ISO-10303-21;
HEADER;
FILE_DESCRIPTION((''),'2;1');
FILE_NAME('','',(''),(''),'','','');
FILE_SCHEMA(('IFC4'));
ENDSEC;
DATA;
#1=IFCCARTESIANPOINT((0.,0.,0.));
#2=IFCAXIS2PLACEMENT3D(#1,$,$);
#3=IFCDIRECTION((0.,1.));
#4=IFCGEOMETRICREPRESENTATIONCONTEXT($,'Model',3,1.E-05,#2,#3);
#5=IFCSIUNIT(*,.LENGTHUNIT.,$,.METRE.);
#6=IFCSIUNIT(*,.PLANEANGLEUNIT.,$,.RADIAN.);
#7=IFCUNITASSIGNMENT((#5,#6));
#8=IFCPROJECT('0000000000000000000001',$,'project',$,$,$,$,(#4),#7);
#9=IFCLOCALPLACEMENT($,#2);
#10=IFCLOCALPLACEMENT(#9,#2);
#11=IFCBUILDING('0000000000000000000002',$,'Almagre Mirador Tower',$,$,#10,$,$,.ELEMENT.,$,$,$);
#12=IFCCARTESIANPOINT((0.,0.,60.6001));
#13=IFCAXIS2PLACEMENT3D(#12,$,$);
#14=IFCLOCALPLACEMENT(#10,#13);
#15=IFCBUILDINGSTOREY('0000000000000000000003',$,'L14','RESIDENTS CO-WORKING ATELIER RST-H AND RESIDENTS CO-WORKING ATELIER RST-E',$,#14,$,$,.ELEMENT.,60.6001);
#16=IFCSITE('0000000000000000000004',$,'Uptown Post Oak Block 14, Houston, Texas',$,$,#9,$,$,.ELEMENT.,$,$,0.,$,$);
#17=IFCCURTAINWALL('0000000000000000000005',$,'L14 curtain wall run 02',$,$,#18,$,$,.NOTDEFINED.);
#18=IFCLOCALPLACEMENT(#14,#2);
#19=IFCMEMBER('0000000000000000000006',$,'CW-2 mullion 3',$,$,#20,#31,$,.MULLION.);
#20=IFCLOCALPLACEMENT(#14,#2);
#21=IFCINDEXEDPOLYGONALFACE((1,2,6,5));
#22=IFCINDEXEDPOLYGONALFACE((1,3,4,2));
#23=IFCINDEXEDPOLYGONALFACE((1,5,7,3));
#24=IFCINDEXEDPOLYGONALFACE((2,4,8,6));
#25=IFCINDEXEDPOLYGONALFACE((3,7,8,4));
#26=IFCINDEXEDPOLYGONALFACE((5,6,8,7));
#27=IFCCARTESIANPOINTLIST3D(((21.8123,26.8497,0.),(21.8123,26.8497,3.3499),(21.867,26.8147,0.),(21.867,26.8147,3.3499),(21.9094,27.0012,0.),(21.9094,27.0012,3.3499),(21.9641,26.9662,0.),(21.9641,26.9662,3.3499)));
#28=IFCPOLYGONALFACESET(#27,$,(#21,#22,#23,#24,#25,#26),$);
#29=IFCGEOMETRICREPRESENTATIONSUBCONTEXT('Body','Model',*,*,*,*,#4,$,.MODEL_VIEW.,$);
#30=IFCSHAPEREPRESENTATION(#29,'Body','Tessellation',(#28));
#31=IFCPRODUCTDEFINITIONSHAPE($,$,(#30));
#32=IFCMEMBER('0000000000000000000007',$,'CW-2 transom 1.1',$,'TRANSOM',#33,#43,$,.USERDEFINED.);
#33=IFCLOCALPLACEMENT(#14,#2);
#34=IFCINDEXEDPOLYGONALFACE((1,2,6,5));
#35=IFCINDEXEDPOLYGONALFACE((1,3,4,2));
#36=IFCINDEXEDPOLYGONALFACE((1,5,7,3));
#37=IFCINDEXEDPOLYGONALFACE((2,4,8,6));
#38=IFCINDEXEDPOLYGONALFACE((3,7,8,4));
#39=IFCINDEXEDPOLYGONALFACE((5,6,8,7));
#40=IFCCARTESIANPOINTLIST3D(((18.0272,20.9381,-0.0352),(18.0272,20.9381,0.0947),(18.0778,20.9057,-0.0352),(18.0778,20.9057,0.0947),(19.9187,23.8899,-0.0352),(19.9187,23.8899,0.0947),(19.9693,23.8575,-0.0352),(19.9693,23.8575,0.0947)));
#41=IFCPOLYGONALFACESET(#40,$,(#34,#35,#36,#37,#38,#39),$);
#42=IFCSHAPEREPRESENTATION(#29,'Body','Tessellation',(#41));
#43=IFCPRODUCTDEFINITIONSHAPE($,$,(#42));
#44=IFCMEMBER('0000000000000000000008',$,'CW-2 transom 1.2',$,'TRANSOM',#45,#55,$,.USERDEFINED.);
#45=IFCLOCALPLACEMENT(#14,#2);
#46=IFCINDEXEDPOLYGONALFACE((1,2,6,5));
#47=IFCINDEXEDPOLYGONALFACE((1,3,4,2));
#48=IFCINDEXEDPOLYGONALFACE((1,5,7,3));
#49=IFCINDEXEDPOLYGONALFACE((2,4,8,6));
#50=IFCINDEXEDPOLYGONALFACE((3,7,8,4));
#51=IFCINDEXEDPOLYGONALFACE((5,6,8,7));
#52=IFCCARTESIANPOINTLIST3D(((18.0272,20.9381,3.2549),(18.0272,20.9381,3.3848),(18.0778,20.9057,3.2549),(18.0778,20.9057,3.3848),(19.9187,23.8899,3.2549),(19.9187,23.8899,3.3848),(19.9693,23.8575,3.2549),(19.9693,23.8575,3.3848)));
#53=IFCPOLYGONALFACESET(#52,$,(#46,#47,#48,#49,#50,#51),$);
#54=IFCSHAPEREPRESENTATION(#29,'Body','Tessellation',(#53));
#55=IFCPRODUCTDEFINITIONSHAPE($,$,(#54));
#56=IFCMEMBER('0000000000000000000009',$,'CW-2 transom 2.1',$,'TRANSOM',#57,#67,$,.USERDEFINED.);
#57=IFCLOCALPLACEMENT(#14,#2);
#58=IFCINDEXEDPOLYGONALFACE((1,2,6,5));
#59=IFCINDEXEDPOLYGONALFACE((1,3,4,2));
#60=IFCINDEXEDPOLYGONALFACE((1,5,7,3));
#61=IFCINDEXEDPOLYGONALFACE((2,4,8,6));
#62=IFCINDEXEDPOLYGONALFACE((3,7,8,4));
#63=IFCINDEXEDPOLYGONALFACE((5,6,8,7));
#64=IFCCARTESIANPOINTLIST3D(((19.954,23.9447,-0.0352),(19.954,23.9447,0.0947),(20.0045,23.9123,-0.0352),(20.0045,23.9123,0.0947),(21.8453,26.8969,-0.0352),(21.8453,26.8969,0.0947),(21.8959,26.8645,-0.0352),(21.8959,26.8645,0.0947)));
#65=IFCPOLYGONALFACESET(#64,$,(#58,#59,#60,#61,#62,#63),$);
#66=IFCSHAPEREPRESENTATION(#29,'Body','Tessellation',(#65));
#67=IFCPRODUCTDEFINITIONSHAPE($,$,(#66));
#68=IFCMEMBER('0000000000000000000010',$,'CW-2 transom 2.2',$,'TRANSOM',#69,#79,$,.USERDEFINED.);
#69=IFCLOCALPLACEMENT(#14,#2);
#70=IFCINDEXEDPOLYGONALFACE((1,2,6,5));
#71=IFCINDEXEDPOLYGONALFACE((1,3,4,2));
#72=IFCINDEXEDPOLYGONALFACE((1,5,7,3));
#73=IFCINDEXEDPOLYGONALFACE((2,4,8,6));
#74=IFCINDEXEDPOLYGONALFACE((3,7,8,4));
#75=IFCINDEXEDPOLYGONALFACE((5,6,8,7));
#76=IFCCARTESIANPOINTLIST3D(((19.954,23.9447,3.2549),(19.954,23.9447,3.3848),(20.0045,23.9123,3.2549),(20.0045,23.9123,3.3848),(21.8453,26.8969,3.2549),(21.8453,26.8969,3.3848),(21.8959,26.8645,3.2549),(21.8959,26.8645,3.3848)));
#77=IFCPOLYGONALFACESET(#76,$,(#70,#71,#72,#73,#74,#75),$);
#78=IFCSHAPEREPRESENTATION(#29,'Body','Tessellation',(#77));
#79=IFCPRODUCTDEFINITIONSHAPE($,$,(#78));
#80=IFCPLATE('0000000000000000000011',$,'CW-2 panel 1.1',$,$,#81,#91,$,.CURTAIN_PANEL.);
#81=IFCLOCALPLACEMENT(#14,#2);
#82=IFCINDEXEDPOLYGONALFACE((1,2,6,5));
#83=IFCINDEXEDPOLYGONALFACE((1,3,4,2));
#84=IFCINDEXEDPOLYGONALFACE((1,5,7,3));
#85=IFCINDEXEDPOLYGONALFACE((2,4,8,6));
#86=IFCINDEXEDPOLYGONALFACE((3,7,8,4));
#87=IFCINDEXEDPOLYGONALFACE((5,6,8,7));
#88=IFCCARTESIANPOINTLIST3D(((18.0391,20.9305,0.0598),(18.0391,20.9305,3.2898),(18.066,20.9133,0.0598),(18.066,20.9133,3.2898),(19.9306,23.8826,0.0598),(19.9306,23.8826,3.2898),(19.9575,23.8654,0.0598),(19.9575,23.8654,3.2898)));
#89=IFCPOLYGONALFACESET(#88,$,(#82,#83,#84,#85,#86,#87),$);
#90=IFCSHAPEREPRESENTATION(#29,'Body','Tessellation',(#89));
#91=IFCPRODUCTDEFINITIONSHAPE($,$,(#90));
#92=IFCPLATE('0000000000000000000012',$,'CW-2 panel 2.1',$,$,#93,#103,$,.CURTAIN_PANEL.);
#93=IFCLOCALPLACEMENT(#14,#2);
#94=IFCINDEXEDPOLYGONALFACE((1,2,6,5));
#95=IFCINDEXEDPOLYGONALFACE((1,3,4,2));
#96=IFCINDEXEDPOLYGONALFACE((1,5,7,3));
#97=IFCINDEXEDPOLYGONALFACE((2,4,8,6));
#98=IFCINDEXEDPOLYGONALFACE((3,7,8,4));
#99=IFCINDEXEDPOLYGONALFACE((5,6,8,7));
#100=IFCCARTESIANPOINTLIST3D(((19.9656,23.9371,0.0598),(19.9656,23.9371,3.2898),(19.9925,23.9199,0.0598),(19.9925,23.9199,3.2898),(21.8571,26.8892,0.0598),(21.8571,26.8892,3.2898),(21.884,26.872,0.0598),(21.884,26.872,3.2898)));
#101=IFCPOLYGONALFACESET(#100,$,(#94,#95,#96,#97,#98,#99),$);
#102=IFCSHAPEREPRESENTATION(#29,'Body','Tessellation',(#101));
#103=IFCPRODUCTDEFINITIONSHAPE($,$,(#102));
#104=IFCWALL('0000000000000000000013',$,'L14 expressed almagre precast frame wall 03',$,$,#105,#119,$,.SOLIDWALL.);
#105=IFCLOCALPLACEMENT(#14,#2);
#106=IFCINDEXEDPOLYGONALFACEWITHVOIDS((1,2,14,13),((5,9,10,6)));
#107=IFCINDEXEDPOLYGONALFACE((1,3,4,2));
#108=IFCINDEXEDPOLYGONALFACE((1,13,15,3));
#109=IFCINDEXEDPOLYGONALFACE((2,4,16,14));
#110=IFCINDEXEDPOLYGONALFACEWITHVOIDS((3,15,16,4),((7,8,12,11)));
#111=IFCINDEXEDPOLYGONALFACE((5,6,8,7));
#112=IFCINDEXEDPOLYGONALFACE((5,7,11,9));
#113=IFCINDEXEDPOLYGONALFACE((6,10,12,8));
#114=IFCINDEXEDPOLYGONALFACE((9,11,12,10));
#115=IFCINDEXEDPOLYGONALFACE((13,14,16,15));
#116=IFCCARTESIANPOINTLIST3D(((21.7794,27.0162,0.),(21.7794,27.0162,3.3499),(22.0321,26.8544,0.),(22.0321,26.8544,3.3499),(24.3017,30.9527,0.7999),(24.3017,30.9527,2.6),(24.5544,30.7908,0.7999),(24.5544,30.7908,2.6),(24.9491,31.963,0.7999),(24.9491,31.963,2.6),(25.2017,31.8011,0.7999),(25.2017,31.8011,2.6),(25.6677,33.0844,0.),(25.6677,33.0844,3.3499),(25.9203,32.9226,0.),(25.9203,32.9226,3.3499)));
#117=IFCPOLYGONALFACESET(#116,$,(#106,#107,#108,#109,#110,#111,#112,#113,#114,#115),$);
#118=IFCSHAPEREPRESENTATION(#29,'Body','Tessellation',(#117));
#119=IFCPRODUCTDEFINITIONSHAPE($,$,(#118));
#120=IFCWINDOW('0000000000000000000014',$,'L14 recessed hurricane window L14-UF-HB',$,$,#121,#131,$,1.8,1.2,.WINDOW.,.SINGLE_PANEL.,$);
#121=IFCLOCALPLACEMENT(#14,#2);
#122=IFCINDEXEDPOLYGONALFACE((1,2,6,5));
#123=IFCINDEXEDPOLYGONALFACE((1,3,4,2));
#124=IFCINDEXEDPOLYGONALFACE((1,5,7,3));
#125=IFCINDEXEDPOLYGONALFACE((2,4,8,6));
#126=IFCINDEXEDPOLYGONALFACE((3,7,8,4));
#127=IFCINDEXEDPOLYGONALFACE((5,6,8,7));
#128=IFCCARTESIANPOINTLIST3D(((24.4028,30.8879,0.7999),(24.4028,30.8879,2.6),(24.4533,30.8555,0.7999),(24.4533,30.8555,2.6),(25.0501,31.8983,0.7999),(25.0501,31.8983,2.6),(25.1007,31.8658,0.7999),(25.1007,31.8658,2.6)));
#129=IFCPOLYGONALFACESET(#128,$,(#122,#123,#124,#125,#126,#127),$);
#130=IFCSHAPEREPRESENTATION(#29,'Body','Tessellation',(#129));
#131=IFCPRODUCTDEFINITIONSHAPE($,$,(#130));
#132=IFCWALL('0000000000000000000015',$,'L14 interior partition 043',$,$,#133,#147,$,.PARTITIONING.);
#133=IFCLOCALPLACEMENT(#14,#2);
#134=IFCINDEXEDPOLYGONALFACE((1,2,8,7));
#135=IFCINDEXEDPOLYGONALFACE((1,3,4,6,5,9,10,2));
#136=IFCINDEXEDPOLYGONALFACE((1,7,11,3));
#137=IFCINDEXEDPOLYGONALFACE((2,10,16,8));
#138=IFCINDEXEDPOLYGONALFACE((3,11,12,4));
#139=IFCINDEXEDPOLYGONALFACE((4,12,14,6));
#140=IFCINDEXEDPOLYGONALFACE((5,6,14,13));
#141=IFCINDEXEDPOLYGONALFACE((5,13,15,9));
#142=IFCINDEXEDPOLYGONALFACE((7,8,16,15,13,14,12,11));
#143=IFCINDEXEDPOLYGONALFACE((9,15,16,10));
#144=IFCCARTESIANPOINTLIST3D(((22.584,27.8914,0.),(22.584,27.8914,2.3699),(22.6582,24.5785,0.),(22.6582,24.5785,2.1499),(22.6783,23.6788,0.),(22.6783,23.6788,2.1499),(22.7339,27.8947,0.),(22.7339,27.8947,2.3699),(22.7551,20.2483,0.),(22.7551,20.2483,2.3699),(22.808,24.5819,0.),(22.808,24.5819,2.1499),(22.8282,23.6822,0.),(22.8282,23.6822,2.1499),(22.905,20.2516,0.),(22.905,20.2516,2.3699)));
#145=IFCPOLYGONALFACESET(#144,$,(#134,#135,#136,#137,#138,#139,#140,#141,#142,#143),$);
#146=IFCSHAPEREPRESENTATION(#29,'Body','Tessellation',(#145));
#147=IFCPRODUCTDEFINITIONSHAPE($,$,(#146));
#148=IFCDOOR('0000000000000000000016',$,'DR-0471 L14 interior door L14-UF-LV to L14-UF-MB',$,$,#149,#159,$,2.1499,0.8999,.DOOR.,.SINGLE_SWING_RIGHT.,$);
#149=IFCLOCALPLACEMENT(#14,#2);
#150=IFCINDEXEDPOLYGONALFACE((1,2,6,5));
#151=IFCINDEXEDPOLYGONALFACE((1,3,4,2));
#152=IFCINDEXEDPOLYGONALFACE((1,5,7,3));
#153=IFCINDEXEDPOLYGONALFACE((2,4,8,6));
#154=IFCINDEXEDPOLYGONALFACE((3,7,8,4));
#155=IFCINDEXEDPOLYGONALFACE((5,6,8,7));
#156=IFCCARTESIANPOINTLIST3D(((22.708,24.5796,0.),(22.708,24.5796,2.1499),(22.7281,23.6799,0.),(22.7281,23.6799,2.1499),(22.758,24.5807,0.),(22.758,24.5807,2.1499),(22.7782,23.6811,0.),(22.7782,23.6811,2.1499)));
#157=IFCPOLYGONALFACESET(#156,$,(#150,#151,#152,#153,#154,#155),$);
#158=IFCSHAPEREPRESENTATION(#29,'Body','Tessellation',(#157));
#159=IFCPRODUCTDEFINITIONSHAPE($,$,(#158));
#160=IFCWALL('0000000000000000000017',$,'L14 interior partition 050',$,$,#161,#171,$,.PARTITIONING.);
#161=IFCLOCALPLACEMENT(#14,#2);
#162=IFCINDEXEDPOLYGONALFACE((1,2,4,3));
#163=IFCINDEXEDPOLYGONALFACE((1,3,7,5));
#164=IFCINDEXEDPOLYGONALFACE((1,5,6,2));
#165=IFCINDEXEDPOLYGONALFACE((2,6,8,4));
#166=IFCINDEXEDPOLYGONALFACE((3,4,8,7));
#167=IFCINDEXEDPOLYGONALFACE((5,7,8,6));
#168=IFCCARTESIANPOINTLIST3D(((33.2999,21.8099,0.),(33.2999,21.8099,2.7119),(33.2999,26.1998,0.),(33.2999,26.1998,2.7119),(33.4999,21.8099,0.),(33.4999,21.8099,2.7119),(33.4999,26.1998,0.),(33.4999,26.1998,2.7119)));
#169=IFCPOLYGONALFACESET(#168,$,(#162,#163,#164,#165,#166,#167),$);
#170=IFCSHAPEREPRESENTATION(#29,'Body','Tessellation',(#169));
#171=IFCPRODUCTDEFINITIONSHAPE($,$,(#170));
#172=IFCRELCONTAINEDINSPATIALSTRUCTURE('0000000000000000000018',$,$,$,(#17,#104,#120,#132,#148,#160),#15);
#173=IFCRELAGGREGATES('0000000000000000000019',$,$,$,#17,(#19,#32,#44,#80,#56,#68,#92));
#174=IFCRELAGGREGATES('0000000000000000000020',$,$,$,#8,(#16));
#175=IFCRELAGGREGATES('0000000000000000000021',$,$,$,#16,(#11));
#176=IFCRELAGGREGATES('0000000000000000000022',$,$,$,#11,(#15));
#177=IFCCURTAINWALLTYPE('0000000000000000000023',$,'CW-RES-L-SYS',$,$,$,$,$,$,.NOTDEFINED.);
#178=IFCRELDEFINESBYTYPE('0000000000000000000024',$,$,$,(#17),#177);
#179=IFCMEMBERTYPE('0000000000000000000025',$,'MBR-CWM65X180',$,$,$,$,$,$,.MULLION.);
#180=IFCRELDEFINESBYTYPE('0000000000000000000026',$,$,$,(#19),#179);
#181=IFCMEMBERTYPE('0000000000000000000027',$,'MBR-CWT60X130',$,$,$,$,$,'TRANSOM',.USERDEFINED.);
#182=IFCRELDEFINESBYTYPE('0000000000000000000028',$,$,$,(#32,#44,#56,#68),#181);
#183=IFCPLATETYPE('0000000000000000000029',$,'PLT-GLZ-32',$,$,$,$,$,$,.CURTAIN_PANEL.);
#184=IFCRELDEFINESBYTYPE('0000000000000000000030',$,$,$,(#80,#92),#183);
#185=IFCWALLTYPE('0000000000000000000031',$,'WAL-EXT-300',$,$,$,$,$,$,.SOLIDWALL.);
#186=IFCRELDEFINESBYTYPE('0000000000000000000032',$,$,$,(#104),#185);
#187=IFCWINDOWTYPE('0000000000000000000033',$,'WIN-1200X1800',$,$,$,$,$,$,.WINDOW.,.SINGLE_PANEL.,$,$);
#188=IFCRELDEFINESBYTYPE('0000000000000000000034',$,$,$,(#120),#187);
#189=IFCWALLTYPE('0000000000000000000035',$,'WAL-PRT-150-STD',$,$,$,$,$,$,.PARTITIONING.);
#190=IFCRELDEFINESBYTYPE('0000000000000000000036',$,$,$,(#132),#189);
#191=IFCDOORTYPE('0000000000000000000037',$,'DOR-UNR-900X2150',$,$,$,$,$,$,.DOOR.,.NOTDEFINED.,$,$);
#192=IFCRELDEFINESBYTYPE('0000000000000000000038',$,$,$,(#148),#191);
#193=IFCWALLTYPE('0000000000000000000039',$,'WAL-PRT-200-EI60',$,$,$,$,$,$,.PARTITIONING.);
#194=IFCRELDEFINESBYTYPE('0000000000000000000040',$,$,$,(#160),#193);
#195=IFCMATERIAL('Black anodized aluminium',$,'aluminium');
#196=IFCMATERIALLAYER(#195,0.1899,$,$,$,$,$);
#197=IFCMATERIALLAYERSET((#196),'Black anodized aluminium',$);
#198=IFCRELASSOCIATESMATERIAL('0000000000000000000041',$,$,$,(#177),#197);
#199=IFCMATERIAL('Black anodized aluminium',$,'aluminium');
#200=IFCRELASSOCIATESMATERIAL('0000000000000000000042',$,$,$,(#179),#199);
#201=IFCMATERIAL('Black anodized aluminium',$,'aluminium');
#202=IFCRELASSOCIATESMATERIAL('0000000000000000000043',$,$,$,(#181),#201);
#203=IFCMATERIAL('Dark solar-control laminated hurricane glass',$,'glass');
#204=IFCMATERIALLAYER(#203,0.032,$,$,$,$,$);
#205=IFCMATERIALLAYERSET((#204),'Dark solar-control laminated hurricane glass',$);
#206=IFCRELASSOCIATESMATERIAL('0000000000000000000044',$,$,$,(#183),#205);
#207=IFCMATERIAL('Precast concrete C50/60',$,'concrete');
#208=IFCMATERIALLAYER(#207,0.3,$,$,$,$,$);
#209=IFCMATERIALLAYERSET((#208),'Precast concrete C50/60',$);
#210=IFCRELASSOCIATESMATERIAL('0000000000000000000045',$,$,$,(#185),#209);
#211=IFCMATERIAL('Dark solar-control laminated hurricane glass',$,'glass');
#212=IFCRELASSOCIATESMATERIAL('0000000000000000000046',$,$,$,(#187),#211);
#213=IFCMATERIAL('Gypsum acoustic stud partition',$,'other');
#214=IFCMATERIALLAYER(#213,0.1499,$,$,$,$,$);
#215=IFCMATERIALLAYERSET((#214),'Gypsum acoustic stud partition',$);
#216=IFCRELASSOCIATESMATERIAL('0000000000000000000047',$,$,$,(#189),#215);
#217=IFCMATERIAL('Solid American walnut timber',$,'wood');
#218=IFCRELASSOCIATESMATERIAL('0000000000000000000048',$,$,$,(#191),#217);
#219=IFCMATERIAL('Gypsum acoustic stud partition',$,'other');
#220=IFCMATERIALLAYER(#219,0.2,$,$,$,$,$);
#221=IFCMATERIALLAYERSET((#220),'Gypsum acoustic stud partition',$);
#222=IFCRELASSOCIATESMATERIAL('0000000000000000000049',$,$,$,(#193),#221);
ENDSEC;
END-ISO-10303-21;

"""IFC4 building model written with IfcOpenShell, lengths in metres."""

from ifc_helpers import new_model, si_unit, direction, frame, frame_2d, origin, origin_2d, place, context, subcontext, project, spatial, rectangle, extrude, material, layer, layer_set, material_profile, profile_set, type_object, element, fill, aggregate, save


model = new_model("IFC4")

# Units and contexts
model_context = context("Model", 3, precision=1e-05, world=origin(), true_north=direction((0.0, 1.0)))
body_context = subcontext(model_context, "Body", "Model", "MODEL_VIEW")
ifc_project = project(units=[si_unit("LENGTHUNIT", "METRE"), si_unit("PLANEANGLEUNIT", "RADIAN")], contexts=[model_context])

# Site, building, storey
site_placement = place(None, origin())
site = spatial("IfcSite", under=ifc_project, at=site_placement, Name="Uptown Post Oak Block 14, Houston, Texas", CompositionType="ELEMENT", RefElevation=0.0)
building_placement = place(site_placement, origin())
building = spatial("IfcBuilding", under=site, at=building_placement, Name="Almagre Mirador Tower", CompositionType="ELEMENT")
storey_placement = place(building_placement, frame((0.0, 0.0, 60.6001)))
storey = spatial("IfcBuildingStorey", under=building, at=storey_placement, Name="L14", Description="RESIDENTS CO-WORKING ATELIER RST-H AND RESIDENTS CO-WORKING ATELIER RST-E", CompositionType="ELEMENT", Elevation=60.6001)

# Curtain wall, members, plates
ifc_material_1 = material(Name="Black anodized aluminium", Category="aluminium")
ifc_layer_1 = layer(ifc_material_1, 0.1899)
ifc_layer_set_1 = layer_set([ifc_layer_1], Name="Black anodized aluminium")
curtain_wall_type = type_object("IfcCurtainWallType", Name="CW-RES-L-SYS", PredefinedType="NOTDEFINED", material=ifc_layer_set_1)
curtain_wall_placement = place(storey_placement, origin())
curtain_wall = element("IfcCurtainWall", 1, at=curtain_wall_placement, inside=storey, type_object=curtain_wall_type, Name="L14 curtain wall run 02", PredefinedType="NOTDEFINED")
ifc_material_2 = material(Name="Black anodized aluminium", Category="aluminium")
ifc_material_profile_1 = material_profile(ifc_material_2, rectangle(XDim=0.0649, YDim=0.1799, at=origin_2d()), Name="CWM65X180")
ifc_profile_set_1 = profile_set([ifc_material_profile_1], Name="Black anodized aluminium")
member_type_1 = type_object("IfcMemberType", Name="MBR-CWM65X180", PredefinedType="MULLION", material=ifc_profile_set_1)
member_1_placement = place(storey_placement, frame((21.8882, 26.908, 0.0), z_axis=(0.0, 0.0, 1.0), x_axis=(-0.841985, 0.539502, 0.0)))
member_1 = element("IfcMember", 2, at=member_1_placement, type_object=member_type_1, Name="CW-2 mullion 3", PredefinedType="MULLION", context=body_context, shape_type="SweptSolid", body=[
    extrude(rectangle(XDim=0.0649, YDim=0.1799, at=origin_2d()), origin(), (0.0, 0.0, 1.0), 3.3499),
])
ifc_material_3 = material(Name="Black anodized aluminium", Category="aluminium")
ifc_material_profile_2 = material_profile(ifc_material_3, rectangle(XDim=0.0601, YDim=0.1299, at=origin_2d()), Name="CWT60X130")
ifc_profile_set_2 = profile_set([ifc_material_profile_2], Name="Black anodized aluminium")
member_type_2 = type_object("IfcMemberType", Name="MBR-CWT60X130", ElementType="TRANSOM", PredefinedType="USERDEFINED", material=ifc_profile_set_2)
member_2_placement = place(storey_placement, frame((18.0525, 20.9219, 0.0298), z_axis=(0.539536, 0.841963, 0.0), x_axis=(-0.841963, 0.539536, 0.0)))
member_2 = element("IfcMember", 3, at=member_2_placement, type_object=member_type_2, Name="CW-2 transom 1.1", ObjectType="TRANSOM", PredefinedType="USERDEFINED", context=body_context, shape_type="SweptSolid", body=[
    extrude(rectangle(XDim=0.0601, YDim=0.1299, at=origin_2d()), origin(), (0.0, 0.0, 1.0), 3.5059),
])
member_3_placement = place(storey_placement, frame((18.0525, 20.9219, 3.3198), z_axis=(0.539536, 0.841963, 0.0), x_axis=(-0.841963, 0.539536, 0.0)))
member_3 = element("IfcMember", 4, at=member_3_placement, type_object=member_type_2, Name="CW-2 transom 1.2", ObjectType="TRANSOM", PredefinedType="USERDEFINED", context=body_context, shape_type="SweptSolid", body=[
    extrude(rectangle(XDim=0.0601, YDim=0.1299, at=origin_2d()), origin(), (0.0, 0.0, 1.0), 3.5059),
])
member_4_placement = place(storey_placement, frame((19.9792, 23.9285, 0.0298), z_axis=(0.539455, 0.842015, 0.0), x_axis=(-0.842015, 0.539455, 0.0)))
member_4 = element("IfcMember", 5, at=member_4_placement, type_object=member_type_2, Name="CW-2 transom 2.1", ObjectType="TRANSOM", PredefinedType="USERDEFINED", context=body_context, shape_type="SweptSolid", body=[
    extrude(rectangle(XDim=0.0601, YDim=0.1299, at=origin_2d()), origin(), (0.0, 0.0, 1.0), 3.5061),
])
member_5_placement = place(storey_placement, frame((19.9792, 23.9285, 3.3198), z_axis=(0.539455, 0.842015, 0.0), x_axis=(-0.842015, 0.539455, 0.0)))
member_5 = element("IfcMember", 6, at=member_5_placement, type_object=member_type_2, Name="CW-2 transom 2.2", ObjectType="TRANSOM", PredefinedType="USERDEFINED", context=body_context, shape_type="SweptSolid", body=[
    extrude(rectangle(XDim=0.0601, YDim=0.1299, at=origin_2d()), origin(), (0.0, 0.0, 1.0), 3.5061),
])
ifc_material_4 = material(Name="Dark solar-control laminated hurricane glass", Category="glass")
ifc_layer_2 = layer(ifc_material_4, 0.032)
ifc_layer_set_2 = layer_set([ifc_layer_2], Name="Dark solar-control laminated hurricane glass")
plate_type = type_object("IfcPlateType", Name="PLT-GLZ-32", PredefinedType="CURTAIN_PANEL", material=ifc_layer_set_2)
plate_1_placement = place(storey_placement, frame((18.9983, 22.3979, 0.0598), z_axis=(0.0, 0.0, 1.0), x_axis=(0.539502, 0.841985, 0.0)))
plate_1 = element("IfcPlate", 7, at=plate_1_placement, type_object=plate_type, Name="CW-2 panel 1.1", PredefinedType="CURTAIN_PANEL", context=body_context, shape_type="SweptSolid", body=[
    extrude(rectangle(XDim=3.5061, YDim=0.032, at=origin_2d()), origin(), (0.0, 0.0, 1.0), 3.23),
])
plate_2_placement = place(storey_placement, frame((20.9248, 25.4045, 0.0598), z_axis=(0.0, 0.0, 1.0), x_axis=(0.539502, 0.841985, 0.0)))
plate_2 = element("IfcPlate", 8, at=plate_2_placement, type_object=plate_type, Name="CW-2 panel 2.1", PredefinedType="CURTAIN_PANEL", context=body_context, shape_type="SweptSolid", body=[
    extrude(rectangle(XDim=3.5061, YDim=0.032, at=origin_2d()), origin(), (0.0, 0.0, 1.0), 3.23),
])
aggregate(curtain_wall, [member_1, member_2, member_3, plate_1, member_4, member_5, plate_2])

# Wall, opening, window
ifc_material_5 = material(Name="Precast concrete C50/60", Category="concrete")
ifc_layer_3 = layer(ifc_material_5, 0.3)
ifc_layer_set_3 = layer_set([ifc_layer_3], Name="Precast concrete C50/60")
wall_type_1 = type_object("IfcWallType", Name="WAL-EXT-300", PredefinedType="SOLIDWALL", material=ifc_layer_set_3)
wall_1_placement = place(storey_placement, frame((21.9058, 26.9353, 0.0), z_axis=(0.0, 0.0, 1.0), x_axis=(0.539505, 0.841982, 0.0)))
wall_1 = element("IfcWall", 9, at=wall_1_placement, inside=storey, type_object=wall_type_1, Name="L14 expressed almagre precast frame wall 03", PredefinedType="SOLIDWALL", context=body_context, shape_type="SweptSolid", body=[
    extrude(rectangle(XDim=7.207, YDim=0.3, at=frame_2d((3.6035, 0.0))), origin(), (0.0, 0.0, 1.0), 3.3499),
])
opening_1_placement = place(wall_1_placement, frame((4.675, 0.0, 0.8)))
opening_1 = element("IfcOpeningElement", 10, at=opening_1_placement, cuts=wall_1, PredefinedType="OPENING", context=body_context, shape_type="SweptSolid", body=[
    extrude(rectangle(XDim=1.2, YDim=1.8, at=frame_2d((0.6001, 0.8999))), frame((0.0, 0.1599, 0.0), z_axis=(0.0, -1.0, 0.0), x_axis=(1.0, 0.0, 0.0)), (0.0, 0.0, 1.0), 0.32),
])
ifc_material_6 = material(Name="Dark solar-control laminated hurricane glass", Category="glass")
window_type = type_object("IfcWindowType", Name="WIN-1200X1800", PartitioningType="SINGLE_PANEL", PredefinedType="WINDOW", material=ifc_material_6)
window_placement = place(opening_1_placement, origin())
window = element("IfcWindow", 11, at=window_placement, inside=storey, type_object=window_type, Name="L14 recessed hurricane window L14-UF-HB", OverallHeight=1.8, OverallWidth=1.2, PartitioningType="SINGLE_PANEL", PredefinedType="WINDOW", context=body_context, shape_type="SweptSolid", body=[
    extrude(rectangle(XDim=1.2, YDim=1.8, at=frame_2d((0.6001, 0.8999))), frame((0.0, 0.03, 0.0), z_axis=(0.0, -1.0, 0.0), x_axis=(1.0, 0.0, 0.0)), (0.0, 0.0, 1.0), 0.0601),
])
fill(opening_1, window)

# Wall, opening, door
ifc_material_7 = material(Name="Gypsum acoustic stud partition", Category="other")
ifc_layer_4 = layer(ifc_material_7, 0.1499)
ifc_layer_set_4 = layer_set([ifc_layer_4], Name="Gypsum acoustic stud partition")
wall_type_2 = type_object("IfcWallType", Name="WAL-PRT-150-STD", PredefinedType="PARTITIONING", material=ifc_layer_set_4)
wall_2_placement = place(storey_placement, frame((22.6589, 27.8931, 0.0), z_axis=(0.0, 0.0, 1.0), x_axis=(0.022386, -0.999749, 0.0)))
wall_2 = element("IfcWall", 12, at=wall_2_placement, inside=storey, type_object=wall_type_2, Name="L14 interior partition 043", PredefinedType="PARTITIONING", context=body_context, shape_type="SweptSolid", body=[
    extrude(rectangle(XDim=7.645, YDim=0.1499, at=frame_2d((3.8225, 0.0))), origin(), (0.0, 0.0, 1.0), 2.3699),
])
opening_2_placement = place(wall_2_placement, frame((3.3137, 0.0, 0.0)))
opening_2 = element("IfcOpeningElement", 13, at=opening_2_placement, cuts=wall_2, PredefinedType="OPENING", context=body_context, shape_type="SweptSolid", body=[
    extrude(rectangle(XDim=0.8999, YDim=2.1499, at=frame_2d((0.45, 1.075))), frame((0.0, 0.085, 0.0), z_axis=(0.0, -1.0, 0.0), x_axis=(1.0, 0.0, 0.0)), (0.0, 0.0, 1.0), 0.1699),
])
ifc_material_8 = material(Name="Solid American walnut timber", Category="wood")
door_type = type_object("IfcDoorType", Name="DOR-UNR-900X2150", OperationType="NOTDEFINED", PredefinedType="DOOR", material=ifc_material_8)
door_placement = place(opening_2_placement, origin())
door = element("IfcDoor", 14, at=door_placement, inside=storey, type_object=door_type, Name="DR-0471 L14 interior door L14-UF-LV to L14-UF-MB", OperationType="SINGLE_SWING_RIGHT", OverallHeight=2.1499, OverallWidth=0.8999, PredefinedType="DOOR", context=body_context, shape_type="SweptSolid", body=[
    extrude(rectangle(XDim=0.8999, YDim=2.1499, at=frame_2d((0.45, 1.075))), frame((0.0, 0.0249, 0.0), z_axis=(0.0, -1.0, 0.0), x_axis=(1.0, 0.0, 0.0)), (0.0, 0.0, 1.0), 0.05),
])
fill(opening_2, door)

# Wall
ifc_material_9 = material(Name="Gypsum acoustic stud partition", Category="other")
ifc_layer_5 = layer(ifc_material_9, 0.2)
ifc_layer_set_5 = layer_set([ifc_layer_5], Name="Gypsum acoustic stud partition")
wall_type_3 = type_object("IfcWallType", Name="WAL-PRT-200-EI60", PredefinedType="PARTITIONING", material=ifc_layer_set_5)
wall_3_placement = place(storey_placement, frame((33.3999, 21.8101, 0.0), z_axis=(0.0, 0.0, 1.0), x_axis=(0.0, 1.0, 0.0)))
element("IfcWall", 15, at=wall_3_placement, inside=storey, type_object=wall_type_3, Name="L14 interior partition 050", PredefinedType="PARTITIONING", context=body_context, shape_type="SweptSolid", body=[
    extrude(rectangle(XDim=4.3899, YDim=0.2, at=frame_2d((2.1948, 0.0))), origin(), (0.0, 0.0, 1.0), 2.7119),
])

save(model, "model.ifc")
